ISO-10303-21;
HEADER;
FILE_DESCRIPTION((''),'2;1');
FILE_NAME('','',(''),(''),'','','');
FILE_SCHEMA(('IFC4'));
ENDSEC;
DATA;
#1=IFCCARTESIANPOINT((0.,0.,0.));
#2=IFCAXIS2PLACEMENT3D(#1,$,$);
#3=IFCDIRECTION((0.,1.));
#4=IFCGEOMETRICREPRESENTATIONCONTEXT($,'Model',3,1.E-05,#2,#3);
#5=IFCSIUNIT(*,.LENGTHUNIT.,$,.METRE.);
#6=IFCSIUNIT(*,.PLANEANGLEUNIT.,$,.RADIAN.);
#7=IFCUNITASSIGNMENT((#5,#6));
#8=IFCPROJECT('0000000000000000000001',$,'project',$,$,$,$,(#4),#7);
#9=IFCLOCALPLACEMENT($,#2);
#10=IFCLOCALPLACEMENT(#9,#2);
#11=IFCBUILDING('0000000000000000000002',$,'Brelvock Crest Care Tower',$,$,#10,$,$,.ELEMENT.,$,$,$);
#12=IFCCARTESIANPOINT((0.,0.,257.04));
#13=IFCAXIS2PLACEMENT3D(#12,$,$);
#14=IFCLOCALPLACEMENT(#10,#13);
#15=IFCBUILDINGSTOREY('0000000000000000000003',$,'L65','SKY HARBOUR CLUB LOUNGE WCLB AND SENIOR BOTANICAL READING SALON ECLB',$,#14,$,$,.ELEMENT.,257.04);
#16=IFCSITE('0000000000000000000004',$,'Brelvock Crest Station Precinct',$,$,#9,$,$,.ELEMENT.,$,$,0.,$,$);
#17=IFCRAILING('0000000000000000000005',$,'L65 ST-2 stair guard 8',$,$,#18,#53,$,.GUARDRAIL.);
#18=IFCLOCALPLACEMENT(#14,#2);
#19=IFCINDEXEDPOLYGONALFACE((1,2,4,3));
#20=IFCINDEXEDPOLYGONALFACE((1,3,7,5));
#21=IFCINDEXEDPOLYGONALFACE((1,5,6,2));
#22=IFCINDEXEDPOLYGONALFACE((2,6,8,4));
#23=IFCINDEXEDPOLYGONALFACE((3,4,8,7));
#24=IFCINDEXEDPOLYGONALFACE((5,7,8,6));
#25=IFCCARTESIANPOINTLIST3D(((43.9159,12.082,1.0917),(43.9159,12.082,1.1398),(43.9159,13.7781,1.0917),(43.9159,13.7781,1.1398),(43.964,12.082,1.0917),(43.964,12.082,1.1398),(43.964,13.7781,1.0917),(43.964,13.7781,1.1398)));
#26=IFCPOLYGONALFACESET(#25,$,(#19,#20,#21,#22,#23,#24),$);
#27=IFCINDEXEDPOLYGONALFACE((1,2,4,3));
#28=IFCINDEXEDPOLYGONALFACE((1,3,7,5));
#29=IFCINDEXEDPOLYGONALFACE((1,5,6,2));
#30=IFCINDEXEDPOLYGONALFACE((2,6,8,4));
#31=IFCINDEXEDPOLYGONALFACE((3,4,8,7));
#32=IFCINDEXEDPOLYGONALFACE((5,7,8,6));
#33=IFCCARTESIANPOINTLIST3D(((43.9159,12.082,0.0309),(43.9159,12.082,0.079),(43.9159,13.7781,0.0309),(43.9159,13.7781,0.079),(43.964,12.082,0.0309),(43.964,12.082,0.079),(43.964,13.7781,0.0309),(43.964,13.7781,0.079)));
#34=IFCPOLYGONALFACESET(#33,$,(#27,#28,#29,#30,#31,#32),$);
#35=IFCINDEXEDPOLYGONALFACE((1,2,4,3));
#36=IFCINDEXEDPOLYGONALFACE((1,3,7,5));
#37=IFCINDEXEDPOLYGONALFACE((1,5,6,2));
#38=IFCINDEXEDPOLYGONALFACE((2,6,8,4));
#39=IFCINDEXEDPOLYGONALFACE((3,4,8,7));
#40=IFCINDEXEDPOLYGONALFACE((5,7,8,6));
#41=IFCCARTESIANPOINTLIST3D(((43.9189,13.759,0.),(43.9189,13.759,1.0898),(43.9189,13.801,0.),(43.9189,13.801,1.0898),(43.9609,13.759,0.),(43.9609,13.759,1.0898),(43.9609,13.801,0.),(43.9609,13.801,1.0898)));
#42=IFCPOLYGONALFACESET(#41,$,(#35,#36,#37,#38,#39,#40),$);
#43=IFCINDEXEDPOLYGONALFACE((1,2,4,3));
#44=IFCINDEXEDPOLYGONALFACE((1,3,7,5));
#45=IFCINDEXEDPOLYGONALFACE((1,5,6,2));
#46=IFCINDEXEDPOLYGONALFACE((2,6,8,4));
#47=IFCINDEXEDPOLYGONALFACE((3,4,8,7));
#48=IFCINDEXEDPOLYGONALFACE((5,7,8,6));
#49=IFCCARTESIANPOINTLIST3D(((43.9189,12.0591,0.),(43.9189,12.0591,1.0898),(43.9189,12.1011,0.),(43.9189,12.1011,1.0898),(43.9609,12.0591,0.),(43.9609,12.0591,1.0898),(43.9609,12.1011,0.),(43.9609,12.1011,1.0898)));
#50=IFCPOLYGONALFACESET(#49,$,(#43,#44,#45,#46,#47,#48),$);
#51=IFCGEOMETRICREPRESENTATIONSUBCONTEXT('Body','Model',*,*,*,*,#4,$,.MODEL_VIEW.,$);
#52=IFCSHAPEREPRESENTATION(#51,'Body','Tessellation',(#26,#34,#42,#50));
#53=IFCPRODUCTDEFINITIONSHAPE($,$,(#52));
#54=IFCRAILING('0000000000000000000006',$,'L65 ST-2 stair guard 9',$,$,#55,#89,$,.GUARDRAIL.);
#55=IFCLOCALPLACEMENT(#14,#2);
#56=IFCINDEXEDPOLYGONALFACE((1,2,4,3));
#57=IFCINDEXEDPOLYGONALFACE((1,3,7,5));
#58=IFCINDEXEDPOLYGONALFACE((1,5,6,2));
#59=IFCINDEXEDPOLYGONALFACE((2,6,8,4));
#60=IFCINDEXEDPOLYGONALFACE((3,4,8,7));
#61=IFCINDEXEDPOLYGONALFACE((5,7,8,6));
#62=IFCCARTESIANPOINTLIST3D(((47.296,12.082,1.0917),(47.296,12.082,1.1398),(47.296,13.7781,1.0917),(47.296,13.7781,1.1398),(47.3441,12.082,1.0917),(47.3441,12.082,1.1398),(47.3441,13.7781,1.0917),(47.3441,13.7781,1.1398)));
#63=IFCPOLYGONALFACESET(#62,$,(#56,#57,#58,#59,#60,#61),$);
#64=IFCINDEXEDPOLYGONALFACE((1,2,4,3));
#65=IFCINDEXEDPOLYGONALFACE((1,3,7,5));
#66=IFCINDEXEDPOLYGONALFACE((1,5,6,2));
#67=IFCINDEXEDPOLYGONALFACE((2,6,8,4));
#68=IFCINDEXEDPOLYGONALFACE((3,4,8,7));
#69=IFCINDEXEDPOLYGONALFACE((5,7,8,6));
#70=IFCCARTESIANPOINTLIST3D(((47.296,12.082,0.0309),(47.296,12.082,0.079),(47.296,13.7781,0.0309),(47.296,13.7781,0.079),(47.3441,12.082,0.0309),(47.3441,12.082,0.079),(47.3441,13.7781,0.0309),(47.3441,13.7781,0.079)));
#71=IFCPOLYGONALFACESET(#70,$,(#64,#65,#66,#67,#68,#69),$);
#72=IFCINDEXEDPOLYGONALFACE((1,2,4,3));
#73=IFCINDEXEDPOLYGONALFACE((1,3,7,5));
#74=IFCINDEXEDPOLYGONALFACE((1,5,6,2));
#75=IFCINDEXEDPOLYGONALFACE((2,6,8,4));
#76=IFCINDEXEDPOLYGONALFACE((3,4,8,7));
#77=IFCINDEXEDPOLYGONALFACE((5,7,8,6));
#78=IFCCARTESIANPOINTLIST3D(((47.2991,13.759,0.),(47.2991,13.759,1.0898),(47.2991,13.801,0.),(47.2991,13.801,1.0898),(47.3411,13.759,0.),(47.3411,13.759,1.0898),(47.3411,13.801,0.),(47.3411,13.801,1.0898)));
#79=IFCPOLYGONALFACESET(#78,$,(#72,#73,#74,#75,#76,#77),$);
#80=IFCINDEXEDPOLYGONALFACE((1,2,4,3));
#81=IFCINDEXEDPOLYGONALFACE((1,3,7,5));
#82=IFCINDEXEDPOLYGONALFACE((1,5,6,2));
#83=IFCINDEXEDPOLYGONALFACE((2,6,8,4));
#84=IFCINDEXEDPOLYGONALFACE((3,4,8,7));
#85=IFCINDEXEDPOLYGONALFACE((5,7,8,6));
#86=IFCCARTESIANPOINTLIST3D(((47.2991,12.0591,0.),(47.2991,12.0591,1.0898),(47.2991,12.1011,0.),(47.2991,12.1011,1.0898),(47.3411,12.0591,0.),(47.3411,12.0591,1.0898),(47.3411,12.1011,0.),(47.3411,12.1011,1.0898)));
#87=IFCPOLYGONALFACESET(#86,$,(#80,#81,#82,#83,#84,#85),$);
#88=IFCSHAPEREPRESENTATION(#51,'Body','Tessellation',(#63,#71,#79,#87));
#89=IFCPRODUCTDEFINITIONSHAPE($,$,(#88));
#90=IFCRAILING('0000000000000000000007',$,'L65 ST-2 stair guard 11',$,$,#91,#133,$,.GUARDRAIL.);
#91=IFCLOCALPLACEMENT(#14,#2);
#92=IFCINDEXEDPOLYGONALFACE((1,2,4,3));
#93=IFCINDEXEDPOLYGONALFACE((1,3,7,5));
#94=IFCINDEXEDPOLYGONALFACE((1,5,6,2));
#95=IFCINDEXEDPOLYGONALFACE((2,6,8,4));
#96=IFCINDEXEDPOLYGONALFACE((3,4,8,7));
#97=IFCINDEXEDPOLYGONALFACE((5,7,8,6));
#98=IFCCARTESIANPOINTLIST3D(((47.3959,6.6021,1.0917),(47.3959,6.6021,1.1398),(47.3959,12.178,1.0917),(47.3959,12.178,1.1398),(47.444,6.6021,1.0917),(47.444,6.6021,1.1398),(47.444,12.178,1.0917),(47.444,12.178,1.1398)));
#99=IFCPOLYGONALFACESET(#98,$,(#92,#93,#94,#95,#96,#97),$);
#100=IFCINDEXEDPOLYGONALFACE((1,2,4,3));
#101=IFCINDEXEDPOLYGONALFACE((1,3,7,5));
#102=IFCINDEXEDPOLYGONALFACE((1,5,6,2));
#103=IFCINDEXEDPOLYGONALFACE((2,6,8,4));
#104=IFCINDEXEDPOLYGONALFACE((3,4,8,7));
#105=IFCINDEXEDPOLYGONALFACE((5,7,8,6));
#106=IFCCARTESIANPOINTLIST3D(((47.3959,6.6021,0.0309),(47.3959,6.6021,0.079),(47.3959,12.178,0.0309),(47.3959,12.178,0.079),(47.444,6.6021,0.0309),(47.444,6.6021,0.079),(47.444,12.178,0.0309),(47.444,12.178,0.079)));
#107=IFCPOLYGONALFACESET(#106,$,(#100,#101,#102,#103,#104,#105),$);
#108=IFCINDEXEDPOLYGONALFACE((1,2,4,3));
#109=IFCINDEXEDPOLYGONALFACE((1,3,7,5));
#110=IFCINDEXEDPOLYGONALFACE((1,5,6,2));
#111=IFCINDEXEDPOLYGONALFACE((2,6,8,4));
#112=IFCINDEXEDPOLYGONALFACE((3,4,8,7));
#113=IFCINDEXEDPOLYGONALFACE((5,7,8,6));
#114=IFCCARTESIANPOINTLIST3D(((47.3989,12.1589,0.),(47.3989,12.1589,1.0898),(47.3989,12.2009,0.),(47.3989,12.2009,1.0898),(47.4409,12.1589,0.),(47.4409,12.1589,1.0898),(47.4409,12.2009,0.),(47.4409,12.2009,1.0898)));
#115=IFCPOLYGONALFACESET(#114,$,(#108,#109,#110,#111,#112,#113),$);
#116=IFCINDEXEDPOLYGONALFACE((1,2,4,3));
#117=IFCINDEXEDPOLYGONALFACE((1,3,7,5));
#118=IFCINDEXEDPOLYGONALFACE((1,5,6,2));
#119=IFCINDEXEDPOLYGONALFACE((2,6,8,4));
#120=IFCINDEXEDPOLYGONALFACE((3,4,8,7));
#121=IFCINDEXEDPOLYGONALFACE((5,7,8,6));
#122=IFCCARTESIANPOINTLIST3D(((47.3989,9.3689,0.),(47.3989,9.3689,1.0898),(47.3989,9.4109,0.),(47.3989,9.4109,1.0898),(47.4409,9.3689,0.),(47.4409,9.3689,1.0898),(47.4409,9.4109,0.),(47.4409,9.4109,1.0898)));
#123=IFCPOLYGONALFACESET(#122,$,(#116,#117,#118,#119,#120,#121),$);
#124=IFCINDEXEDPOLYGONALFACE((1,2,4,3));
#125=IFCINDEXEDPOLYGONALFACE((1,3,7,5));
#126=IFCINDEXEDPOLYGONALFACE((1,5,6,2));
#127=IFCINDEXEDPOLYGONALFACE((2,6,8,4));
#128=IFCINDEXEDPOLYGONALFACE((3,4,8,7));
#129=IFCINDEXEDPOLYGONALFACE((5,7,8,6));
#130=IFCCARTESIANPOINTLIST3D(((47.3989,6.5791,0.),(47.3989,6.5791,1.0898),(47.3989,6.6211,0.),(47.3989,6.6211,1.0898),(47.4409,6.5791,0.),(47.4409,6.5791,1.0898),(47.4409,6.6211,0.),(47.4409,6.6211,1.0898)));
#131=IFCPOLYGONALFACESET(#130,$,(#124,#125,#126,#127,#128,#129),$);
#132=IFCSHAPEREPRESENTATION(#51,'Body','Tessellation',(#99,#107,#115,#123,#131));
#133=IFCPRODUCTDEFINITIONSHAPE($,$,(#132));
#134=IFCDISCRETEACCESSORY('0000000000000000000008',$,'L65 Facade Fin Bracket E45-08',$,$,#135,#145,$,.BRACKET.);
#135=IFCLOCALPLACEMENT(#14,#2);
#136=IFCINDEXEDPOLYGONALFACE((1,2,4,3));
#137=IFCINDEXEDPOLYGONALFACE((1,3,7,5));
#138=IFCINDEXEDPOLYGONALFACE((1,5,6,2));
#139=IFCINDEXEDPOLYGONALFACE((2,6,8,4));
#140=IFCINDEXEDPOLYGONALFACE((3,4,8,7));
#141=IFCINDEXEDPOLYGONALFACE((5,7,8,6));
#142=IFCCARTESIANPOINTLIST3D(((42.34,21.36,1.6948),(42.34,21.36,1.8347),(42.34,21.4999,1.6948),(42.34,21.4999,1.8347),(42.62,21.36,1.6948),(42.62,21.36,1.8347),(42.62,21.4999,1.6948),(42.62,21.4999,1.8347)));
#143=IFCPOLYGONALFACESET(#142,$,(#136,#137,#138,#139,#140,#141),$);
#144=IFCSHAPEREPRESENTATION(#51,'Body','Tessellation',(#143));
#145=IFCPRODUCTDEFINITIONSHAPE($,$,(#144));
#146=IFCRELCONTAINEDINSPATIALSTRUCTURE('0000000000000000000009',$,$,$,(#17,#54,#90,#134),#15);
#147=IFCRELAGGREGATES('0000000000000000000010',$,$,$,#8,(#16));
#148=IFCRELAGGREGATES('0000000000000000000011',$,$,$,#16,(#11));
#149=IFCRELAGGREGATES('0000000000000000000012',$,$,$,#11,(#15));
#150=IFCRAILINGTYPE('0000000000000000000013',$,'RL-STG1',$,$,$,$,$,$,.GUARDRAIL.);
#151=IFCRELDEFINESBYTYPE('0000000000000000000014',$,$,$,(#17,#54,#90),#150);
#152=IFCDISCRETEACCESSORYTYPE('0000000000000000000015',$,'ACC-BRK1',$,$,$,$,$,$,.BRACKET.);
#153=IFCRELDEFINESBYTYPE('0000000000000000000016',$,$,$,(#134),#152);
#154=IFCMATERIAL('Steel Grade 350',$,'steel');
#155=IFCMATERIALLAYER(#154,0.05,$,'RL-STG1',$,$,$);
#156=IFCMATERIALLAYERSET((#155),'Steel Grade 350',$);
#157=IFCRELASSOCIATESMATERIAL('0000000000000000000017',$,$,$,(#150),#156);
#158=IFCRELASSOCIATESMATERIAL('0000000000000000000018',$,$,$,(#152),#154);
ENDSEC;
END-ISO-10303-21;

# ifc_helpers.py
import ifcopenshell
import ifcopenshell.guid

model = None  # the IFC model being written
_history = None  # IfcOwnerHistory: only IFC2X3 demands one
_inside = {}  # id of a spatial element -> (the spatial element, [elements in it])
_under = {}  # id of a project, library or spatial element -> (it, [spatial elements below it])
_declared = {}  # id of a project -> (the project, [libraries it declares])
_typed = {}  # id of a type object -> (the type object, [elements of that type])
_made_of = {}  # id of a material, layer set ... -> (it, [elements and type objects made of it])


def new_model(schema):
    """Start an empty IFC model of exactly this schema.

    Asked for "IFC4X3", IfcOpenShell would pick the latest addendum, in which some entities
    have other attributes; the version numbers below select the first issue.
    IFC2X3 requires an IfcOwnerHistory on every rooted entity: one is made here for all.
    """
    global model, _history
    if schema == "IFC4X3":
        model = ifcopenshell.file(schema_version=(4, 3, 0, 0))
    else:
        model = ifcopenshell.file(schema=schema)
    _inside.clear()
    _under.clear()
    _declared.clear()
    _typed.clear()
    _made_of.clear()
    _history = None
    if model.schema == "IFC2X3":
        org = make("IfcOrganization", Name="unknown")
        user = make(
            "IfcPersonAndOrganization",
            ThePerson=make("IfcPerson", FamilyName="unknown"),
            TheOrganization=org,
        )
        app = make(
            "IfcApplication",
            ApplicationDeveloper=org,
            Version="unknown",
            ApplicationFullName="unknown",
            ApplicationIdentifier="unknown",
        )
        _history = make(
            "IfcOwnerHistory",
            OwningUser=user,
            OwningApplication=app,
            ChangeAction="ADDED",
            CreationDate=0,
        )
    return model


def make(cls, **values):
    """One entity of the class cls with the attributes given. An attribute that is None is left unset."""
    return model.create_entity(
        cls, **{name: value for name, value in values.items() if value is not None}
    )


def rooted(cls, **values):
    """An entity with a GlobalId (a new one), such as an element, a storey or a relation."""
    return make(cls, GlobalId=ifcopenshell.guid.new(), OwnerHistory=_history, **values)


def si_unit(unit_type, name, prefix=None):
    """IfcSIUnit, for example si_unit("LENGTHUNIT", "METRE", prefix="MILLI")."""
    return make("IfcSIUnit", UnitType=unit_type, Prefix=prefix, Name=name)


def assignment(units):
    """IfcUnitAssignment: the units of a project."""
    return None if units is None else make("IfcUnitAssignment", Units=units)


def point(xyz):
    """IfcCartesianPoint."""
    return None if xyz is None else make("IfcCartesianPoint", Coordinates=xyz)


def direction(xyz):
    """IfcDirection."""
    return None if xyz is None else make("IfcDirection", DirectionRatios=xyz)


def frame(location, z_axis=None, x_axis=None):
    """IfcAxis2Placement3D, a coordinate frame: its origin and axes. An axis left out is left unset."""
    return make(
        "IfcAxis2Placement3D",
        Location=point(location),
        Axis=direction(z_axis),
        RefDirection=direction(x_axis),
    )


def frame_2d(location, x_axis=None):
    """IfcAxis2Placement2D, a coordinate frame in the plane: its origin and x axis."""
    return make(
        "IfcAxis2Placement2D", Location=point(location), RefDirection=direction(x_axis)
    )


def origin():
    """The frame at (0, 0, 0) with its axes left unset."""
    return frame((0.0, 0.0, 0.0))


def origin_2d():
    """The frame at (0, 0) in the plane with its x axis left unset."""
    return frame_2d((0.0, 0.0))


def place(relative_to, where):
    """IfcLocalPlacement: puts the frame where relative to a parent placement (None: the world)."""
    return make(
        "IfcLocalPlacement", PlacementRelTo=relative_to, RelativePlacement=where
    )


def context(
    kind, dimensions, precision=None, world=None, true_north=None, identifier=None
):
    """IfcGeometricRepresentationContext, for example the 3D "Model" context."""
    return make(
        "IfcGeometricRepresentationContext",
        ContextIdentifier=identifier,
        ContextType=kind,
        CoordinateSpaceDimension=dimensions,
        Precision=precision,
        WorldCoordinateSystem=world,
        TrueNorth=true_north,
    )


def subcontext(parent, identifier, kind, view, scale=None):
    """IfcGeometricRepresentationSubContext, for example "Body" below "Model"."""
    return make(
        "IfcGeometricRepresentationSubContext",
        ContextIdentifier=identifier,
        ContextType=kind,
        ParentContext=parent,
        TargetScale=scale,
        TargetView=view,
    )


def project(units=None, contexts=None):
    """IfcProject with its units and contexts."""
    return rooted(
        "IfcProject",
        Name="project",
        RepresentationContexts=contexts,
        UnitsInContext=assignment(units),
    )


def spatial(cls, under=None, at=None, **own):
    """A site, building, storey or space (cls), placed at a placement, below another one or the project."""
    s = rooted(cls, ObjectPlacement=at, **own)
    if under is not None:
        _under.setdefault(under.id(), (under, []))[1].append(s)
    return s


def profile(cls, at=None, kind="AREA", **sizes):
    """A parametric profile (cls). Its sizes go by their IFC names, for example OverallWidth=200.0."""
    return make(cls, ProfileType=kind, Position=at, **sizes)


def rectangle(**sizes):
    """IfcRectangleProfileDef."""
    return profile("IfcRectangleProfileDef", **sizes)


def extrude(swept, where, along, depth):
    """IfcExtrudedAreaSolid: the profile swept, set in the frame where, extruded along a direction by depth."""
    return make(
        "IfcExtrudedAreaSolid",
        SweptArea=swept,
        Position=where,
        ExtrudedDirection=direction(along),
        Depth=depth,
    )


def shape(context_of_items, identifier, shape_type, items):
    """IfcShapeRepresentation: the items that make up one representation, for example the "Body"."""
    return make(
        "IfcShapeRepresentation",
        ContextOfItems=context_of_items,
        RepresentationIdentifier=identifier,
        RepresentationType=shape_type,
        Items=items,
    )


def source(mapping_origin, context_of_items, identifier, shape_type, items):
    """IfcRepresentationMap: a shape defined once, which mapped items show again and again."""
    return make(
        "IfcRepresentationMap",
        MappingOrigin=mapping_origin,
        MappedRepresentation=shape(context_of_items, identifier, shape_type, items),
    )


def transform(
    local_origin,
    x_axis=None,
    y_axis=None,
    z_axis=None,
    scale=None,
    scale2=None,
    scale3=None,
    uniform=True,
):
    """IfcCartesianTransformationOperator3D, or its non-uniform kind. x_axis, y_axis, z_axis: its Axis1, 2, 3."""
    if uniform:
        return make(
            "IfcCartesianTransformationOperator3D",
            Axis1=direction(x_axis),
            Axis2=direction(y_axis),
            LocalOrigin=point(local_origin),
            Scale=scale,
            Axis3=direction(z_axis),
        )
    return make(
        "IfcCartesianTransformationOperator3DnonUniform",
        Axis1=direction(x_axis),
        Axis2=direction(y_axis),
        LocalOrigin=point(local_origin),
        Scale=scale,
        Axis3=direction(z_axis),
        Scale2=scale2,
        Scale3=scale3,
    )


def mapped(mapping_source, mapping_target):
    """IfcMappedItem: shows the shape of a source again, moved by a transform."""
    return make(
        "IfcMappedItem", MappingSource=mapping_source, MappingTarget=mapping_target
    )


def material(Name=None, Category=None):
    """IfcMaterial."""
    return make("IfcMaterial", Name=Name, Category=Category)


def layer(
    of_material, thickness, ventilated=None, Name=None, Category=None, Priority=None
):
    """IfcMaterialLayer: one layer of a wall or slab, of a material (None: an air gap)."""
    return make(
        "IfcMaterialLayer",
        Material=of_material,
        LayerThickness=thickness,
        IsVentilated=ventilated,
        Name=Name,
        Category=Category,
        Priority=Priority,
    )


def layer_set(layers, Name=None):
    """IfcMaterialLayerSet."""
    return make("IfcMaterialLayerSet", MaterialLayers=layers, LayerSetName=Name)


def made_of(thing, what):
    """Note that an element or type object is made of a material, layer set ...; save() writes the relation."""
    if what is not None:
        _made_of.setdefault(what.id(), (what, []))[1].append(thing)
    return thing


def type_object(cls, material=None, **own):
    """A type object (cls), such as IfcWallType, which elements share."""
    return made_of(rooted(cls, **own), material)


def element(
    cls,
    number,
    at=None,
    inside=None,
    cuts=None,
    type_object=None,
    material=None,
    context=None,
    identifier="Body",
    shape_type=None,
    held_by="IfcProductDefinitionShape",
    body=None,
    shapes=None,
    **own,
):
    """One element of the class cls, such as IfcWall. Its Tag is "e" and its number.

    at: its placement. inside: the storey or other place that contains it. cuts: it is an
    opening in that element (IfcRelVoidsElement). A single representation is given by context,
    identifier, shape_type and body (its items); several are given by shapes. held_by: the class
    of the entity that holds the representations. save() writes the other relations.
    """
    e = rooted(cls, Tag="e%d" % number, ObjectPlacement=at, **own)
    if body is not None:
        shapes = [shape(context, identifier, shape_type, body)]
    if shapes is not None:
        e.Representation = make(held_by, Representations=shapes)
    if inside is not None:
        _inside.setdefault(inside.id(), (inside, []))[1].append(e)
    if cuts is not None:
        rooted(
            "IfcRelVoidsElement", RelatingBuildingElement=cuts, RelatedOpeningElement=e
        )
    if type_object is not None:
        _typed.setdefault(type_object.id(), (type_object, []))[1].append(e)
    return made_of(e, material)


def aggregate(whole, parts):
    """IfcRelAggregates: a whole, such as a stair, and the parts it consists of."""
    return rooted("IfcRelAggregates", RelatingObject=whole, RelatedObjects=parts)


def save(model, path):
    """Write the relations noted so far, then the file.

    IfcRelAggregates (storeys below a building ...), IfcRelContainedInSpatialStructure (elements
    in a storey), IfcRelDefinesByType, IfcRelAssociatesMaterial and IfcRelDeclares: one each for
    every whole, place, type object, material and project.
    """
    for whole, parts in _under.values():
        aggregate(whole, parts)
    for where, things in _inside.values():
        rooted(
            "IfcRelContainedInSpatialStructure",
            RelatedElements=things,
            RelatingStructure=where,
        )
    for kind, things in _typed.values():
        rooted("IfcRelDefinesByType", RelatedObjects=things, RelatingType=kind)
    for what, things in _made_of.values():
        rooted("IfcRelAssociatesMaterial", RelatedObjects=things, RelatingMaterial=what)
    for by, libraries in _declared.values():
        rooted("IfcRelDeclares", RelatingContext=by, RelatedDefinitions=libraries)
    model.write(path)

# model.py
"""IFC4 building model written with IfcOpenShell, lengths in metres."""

from ifc_helpers import new_model, si_unit, direction, frame, origin, origin_2d, place, context, subcontext, project, spatial, rectangle, extrude, source, transform, mapped, material, layer, layer_set, type_object, element, save


model = new_model("IFC4")

# Units and contexts
model_context = context("Model", 3, precision=1e-05, world=origin(), true_north=direction((0.0, 1.0)))
body_context = subcontext(model_context, "Body", "Model", "MODEL_VIEW")
ifc_project = project(units=[si_unit("LENGTHUNIT", "METRE"), si_unit("PLANEANGLEUNIT", "RADIAN")], contexts=[model_context])

# Site, building, storey
site_placement = place(None, origin())
site = spatial("IfcSite", under=ifc_project, at=site_placement, Name="Brelvock Crest Station Precinct", CompositionType="ELEMENT", RefElevation=0.0)
building_placement = place(site_placement, origin())
building = spatial("IfcBuilding", under=site, at=building_placement, Name="Brelvock Crest Care Tower", CompositionType="ELEMENT")
storey_placement = place(building_placement, frame((0.0, 0.0, 257.04)))
storey = spatial("IfcBuildingStorey", under=building, at=storey_placement, Name="L65", Description="SKY HARBOUR CLUB LOUNGE WCLB AND SENIOR BOTANICAL READING SALON ECLB", CompositionType="ELEMENT", Elevation=257.04)

# Shared definitions
ifc_material_1 = material(Name="Steel Grade 350", Category="steel")

# Railings
ifc_layer_1 = layer(ifc_material_1, 0.05, Name="RL-STG1")
ifc_layer_set_1 = layer_set([ifc_layer_1], Name="Steel Grade 350")
railing_type = type_object("IfcRailingType", Name="RL-STG1", PredefinedType="GUARDRAIL", material=ifc_layer_set_1)
for number, where, name in (
    (1, (43.9399, 13.78, 0.0), "L65 ST-2 stair guard 8"),
    (2, (47.3201, 13.78, 0.0), "L65 ST-2 stair guard 9"),
):
    element("IfcRailing", number, at=place(storey_placement, frame(where)), inside=storey, type_object=railing_type, Name=name, PredefinedType="GUARDRAIL", context=body_context, shape_type="SweptSolid", body=[
        extrude(rectangle(XDim=0.0481, YDim=0.0481, at=origin_2d()), frame((0.0, -0.002, 1.1157), z_axis=(0.0, -1.0, 0.0), x_axis=(1.0, 0.0, 0.0)), (0.0, 0.0, 1.0), 1.696),
        extrude(rectangle(XDim=0.0481, YDim=0.0481, at=origin_2d()), frame((0.0, -0.002, 0.0549), z_axis=(0.0, -1.0, 0.0), x_axis=(1.0, 0.0, 0.0)), (0.0, 0.0, 1.0), 1.696),
        extrude(rectangle(XDim=0.042, YDim=0.042, at=origin_2d()), origin(), (0.0, 0.0, 1.0), 1.0898),
        extrude(rectangle(XDim=0.042, YDim=0.042, at=origin_2d()), frame((0.0, -1.7, 0.0)), (0.0, 0.0, 1.0), 1.0898),
    ])
railing_placement = place(storey_placement, frame((47.4199, 12.1799, 0.0)))
element("IfcRailing", 3, at=railing_placement, inside=storey, type_object=railing_type, Name="L65 ST-2 stair guard 11", PredefinedType="GUARDRAIL", context=body_context, shape_type="SweptSolid", body=[
    extrude(rectangle(XDim=0.0481, YDim=0.0481, at=origin_2d()), frame((0.0, -0.002, 1.1157), z_axis=(0.0, -1.0, 0.0), x_axis=(1.0, 0.0, 0.0)), (0.0, 0.0, 1.0), 5.5759),
    extrude(rectangle(XDim=0.0481, YDim=0.0481, at=origin_2d()), frame((0.0, -0.002, 0.0549), z_axis=(0.0, -1.0, 0.0), x_axis=(1.0, 0.0, 0.0)), (0.0, 0.0, 1.0), 5.5759),
    extrude(rectangle(XDim=0.042, YDim=0.042, at=origin_2d()), origin(), (0.0, 0.0, 1.0), 1.0898),
    extrude(rectangle(XDim=0.042, YDim=0.042, at=origin_2d()), frame((0.0, -2.79, 0.0)), (0.0, 0.0, 1.0), 1.0898),
    extrude(rectangle(XDim=0.042, YDim=0.042, at=origin_2d()), frame((0.0, -5.5798, 0.0)), (0.0, 0.0, 1.0), 1.0898),
])

# Discrete accessory
discrete_accessory_type = type_object("IfcDiscreteAccessoryType", Name="ACC-BRK1", PredefinedType="BRACKET", material=ifc_material_1)
shared_shape_1 = source(origin(), body_context, "Body", "SweptSolid", [
    extrude(rectangle(XDim=0.28, YDim=0.1399, at=origin_2d()), origin(), (0.0, 0.0, 1.0), 0.1399),
])
discrete_accessory_placement = place(storey_placement, frame((42.48, 21.4299, 1.6948), z_axis=(0.0, 0.0, 1.0), x_axis=(1.0, 0.0, 0.0)))
element("IfcDiscreteAccessory", 4, at=discrete_accessory_placement, inside=storey, type_object=discrete_accessory_type, Name="L65 Facade Fin Bracket E45-08", PredefinedType="BRACKET", context=body_context, shape_type="MappedRepresentation", body=[
    mapped(shared_shape_1, transform((0.0, 0.0, 0.0), x_axis=(1.0, 0.0, 0.0), y_axis=(0.0, 1.0, 0.0), z_axis=(0.0, 0.0, 1.0), scale=1.0)),
])

save(model, "model.ifc")
